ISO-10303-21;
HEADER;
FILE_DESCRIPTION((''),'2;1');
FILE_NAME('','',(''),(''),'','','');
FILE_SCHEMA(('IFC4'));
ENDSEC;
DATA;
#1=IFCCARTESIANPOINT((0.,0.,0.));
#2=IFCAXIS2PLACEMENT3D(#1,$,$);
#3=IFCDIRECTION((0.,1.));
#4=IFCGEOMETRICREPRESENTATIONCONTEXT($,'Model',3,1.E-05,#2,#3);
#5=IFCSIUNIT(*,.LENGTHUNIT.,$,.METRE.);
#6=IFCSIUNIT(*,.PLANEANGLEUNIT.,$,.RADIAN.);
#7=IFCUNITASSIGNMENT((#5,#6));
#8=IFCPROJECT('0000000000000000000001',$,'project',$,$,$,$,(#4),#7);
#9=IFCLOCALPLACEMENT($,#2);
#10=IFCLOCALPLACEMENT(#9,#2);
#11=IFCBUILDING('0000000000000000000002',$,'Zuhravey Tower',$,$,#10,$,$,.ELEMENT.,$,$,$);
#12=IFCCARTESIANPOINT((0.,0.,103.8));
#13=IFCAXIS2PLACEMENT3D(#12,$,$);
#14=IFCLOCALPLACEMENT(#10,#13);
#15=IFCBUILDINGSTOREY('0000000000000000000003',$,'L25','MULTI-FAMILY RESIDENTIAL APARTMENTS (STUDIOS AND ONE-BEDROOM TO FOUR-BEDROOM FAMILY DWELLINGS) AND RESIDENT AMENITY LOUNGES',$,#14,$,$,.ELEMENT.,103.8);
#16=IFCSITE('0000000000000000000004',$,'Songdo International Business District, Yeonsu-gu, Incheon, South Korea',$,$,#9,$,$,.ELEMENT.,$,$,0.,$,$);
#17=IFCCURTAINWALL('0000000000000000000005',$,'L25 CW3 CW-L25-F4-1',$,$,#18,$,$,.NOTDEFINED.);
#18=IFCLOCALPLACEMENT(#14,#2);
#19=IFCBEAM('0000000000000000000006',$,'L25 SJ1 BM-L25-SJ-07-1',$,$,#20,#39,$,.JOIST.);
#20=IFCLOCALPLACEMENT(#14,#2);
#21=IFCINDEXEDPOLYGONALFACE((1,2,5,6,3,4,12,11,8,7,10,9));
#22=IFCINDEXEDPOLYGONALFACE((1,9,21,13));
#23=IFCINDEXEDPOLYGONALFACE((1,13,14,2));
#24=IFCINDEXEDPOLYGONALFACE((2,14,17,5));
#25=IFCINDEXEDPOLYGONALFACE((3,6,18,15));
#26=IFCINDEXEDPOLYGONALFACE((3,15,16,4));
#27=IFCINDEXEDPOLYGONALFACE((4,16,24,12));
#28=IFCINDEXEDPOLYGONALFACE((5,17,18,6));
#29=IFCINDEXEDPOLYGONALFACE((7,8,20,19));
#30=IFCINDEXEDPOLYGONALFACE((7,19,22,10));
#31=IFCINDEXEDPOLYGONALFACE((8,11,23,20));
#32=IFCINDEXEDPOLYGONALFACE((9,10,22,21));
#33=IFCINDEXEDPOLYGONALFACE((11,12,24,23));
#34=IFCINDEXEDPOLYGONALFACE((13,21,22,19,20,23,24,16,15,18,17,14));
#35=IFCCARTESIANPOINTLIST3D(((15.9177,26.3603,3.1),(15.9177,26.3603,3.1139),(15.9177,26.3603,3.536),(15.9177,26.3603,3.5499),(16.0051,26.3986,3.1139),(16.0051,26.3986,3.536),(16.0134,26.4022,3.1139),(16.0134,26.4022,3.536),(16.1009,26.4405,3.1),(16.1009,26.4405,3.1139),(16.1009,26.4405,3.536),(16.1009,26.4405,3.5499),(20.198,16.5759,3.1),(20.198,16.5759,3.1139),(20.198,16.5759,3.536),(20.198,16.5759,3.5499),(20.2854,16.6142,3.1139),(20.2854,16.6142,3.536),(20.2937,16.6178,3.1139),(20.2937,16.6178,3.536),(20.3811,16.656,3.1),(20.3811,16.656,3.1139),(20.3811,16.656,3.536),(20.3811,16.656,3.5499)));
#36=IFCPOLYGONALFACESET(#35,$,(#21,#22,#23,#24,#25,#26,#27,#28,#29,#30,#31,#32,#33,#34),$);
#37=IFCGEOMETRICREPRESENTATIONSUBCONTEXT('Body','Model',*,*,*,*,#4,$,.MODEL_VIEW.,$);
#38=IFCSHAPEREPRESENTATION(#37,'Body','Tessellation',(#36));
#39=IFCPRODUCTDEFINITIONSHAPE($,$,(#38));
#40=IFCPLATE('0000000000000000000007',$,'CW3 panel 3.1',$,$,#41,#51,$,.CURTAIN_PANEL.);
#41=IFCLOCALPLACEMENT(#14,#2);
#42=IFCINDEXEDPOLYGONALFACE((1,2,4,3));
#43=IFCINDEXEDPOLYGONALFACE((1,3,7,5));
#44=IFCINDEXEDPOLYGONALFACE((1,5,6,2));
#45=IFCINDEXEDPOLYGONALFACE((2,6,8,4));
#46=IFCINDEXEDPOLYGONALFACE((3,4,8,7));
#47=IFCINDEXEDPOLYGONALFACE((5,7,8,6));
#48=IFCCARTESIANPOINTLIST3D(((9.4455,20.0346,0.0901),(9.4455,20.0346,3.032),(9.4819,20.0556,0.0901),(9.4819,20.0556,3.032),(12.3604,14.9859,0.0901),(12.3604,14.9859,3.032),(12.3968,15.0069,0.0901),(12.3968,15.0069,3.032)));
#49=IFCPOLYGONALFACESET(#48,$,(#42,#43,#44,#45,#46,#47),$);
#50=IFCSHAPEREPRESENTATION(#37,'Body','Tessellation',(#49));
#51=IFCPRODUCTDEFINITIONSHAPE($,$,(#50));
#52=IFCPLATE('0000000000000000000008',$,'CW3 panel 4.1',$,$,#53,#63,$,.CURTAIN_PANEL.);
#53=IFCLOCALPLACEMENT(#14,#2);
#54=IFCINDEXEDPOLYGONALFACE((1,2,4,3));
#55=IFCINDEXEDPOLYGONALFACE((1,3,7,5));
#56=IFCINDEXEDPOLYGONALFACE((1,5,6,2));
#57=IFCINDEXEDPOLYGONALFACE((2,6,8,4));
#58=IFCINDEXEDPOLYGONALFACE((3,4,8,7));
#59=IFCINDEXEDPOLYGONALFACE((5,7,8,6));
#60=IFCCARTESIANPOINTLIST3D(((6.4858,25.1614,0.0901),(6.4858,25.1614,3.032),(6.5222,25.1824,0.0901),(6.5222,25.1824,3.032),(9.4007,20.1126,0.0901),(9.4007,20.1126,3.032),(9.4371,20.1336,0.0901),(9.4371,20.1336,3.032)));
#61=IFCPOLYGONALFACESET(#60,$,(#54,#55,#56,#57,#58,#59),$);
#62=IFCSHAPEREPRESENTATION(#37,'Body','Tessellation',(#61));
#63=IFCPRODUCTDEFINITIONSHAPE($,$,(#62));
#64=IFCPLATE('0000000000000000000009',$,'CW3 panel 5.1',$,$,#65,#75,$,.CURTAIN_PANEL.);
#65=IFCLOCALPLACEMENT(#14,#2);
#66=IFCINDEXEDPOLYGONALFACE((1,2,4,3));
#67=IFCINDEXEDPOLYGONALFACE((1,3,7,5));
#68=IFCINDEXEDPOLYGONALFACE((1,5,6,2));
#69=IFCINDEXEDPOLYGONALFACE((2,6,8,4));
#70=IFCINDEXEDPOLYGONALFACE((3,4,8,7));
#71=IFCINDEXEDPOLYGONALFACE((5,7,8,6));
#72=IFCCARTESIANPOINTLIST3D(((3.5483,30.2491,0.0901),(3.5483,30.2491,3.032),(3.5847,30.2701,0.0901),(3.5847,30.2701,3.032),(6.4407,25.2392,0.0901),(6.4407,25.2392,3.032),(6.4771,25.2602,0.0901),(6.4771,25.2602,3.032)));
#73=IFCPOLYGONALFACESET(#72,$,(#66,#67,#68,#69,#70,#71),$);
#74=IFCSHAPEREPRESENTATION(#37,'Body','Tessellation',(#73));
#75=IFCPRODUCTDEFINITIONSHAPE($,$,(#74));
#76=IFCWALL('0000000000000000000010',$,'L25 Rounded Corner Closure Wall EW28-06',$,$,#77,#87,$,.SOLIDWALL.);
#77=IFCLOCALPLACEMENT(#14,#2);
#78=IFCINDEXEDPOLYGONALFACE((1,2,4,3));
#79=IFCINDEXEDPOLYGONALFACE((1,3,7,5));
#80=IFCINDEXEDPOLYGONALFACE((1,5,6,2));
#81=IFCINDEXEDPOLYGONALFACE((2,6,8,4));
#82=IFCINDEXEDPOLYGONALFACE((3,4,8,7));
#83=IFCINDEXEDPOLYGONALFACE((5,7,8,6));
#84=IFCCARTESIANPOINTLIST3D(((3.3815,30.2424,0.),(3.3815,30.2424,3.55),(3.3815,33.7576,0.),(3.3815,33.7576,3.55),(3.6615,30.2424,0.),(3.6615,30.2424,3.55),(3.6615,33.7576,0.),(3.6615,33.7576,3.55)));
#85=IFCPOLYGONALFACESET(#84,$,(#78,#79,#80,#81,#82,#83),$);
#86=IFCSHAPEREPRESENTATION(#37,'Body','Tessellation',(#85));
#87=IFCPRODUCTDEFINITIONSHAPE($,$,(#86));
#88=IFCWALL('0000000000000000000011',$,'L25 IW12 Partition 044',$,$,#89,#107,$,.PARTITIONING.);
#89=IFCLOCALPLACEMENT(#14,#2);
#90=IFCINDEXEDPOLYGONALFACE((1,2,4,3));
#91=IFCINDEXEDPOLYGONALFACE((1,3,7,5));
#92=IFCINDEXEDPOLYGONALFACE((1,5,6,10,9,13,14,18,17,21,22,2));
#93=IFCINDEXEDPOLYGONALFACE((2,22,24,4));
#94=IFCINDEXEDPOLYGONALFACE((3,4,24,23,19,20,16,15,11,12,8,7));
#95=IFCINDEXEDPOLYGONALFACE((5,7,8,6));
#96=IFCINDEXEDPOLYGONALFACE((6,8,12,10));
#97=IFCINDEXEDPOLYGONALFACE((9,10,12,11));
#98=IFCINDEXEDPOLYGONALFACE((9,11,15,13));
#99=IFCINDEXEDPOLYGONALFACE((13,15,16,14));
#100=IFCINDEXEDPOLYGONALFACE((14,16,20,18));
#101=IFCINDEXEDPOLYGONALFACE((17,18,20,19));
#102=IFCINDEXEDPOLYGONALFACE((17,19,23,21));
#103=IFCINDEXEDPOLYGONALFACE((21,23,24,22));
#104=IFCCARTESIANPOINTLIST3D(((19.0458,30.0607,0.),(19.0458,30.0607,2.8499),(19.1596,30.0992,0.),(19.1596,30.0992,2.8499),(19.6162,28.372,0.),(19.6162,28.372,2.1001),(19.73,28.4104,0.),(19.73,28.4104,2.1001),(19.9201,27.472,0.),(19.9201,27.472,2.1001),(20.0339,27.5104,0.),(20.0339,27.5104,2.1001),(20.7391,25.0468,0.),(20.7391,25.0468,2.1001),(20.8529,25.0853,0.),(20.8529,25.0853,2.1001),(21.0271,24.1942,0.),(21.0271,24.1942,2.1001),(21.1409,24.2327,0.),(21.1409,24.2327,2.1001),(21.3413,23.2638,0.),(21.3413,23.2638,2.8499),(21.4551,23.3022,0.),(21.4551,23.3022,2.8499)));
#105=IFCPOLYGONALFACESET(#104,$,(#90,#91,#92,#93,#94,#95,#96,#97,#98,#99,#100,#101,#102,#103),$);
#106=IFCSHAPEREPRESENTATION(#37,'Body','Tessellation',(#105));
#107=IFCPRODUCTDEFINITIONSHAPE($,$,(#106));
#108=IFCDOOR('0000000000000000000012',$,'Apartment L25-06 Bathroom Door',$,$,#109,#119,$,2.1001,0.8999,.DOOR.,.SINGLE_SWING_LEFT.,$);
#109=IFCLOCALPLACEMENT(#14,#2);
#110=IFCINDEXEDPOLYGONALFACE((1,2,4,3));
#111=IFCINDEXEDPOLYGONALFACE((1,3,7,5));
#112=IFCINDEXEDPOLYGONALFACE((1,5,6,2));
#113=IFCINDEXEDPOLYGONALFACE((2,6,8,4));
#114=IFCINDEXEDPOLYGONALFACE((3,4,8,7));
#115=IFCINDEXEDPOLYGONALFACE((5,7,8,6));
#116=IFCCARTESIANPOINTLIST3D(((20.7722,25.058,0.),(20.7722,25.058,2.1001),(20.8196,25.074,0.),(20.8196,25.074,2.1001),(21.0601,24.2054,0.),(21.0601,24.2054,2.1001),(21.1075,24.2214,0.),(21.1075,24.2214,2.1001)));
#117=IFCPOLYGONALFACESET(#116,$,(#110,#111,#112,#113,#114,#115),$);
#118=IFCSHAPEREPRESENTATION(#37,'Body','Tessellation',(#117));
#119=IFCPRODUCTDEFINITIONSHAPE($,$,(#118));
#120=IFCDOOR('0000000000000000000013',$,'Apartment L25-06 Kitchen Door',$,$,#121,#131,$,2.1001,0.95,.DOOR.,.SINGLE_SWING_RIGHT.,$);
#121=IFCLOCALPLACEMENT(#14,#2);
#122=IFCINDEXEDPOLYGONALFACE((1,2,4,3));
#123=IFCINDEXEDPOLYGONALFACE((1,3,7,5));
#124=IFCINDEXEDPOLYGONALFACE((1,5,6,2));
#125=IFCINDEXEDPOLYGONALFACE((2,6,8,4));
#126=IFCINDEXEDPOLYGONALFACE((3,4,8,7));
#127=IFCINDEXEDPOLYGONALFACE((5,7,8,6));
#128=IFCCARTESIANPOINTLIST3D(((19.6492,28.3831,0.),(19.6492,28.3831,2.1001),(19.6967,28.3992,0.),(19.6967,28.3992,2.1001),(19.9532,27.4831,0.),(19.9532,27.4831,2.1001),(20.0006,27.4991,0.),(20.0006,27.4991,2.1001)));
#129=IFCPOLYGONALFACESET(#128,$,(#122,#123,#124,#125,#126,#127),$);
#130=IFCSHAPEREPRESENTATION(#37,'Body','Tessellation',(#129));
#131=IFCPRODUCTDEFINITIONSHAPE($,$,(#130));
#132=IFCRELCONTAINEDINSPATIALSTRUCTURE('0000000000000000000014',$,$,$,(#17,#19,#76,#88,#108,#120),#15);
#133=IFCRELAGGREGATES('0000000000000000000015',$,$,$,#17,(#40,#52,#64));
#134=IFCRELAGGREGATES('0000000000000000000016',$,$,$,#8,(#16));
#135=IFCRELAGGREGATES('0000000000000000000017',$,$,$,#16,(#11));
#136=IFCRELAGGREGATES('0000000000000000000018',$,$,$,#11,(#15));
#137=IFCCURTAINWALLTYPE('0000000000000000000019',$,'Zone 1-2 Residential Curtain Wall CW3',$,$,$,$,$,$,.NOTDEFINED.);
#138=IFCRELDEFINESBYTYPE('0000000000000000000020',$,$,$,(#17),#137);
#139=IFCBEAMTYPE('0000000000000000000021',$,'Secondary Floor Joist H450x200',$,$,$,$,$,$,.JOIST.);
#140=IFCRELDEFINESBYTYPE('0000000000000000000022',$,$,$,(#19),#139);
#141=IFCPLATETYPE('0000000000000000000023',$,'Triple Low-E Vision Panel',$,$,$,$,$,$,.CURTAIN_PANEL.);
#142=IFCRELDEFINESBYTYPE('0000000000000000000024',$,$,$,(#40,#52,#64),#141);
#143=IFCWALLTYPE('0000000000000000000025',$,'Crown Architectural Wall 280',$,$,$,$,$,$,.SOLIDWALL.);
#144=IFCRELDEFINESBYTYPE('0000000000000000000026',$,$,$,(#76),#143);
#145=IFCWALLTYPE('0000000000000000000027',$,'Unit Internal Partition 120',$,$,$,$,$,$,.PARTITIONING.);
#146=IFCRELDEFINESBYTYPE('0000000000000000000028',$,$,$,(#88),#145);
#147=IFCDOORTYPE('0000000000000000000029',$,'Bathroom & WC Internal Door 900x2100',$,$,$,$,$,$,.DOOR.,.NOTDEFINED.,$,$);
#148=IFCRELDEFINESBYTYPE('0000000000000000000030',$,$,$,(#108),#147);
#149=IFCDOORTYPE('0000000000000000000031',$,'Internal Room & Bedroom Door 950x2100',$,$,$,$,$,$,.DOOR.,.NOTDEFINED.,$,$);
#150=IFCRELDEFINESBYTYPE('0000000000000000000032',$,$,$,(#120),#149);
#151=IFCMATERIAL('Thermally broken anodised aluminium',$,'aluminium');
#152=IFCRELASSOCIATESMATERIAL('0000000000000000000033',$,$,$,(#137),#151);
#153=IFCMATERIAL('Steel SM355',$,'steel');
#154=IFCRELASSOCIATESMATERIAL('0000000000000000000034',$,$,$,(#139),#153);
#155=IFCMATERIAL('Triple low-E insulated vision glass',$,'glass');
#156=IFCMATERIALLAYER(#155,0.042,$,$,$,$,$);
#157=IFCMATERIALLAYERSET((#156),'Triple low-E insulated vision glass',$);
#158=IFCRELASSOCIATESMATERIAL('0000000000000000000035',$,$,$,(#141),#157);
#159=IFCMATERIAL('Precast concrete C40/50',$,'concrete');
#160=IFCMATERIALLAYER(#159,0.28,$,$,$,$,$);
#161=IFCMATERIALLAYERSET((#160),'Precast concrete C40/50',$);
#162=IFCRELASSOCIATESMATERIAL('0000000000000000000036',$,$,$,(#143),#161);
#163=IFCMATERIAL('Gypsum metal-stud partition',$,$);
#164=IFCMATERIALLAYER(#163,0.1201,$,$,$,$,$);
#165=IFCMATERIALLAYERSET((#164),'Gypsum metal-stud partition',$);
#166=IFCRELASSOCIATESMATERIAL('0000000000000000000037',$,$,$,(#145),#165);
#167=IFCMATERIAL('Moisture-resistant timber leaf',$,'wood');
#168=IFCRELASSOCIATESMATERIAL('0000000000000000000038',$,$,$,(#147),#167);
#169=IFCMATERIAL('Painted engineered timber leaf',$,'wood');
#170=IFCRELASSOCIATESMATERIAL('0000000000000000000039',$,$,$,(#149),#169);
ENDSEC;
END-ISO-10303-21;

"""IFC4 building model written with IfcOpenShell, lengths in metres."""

from ifc_helpers import new_model, si_unit, direction, frame, frame_2d, origin, origin_2d, place, context, subcontext, project, spatial, rectangle, i_section, extrude, material, layer, layer_set, material_profile, profile_set, type_object, element, fill, aggregate, save


model = new_model("IFC4")

# Units and contexts
model_context = context("Model", 3, precision=1e-05, world=origin(), true_north=direction((0.0, 1.0)))
body_context = subcontext(model_context, "Body", "Model", "MODEL_VIEW")
ifc_project = project(units=[si_unit("LENGTHUNIT", "METRE"), si_unit("PLANEANGLEUNIT", "RADIAN")], contexts=[model_context])

# Site, building, storey
site_placement = place(None, origin())
site = spatial("IfcSite", under=ifc_project, at=site_placement, Name="Songdo International Business District, Yeonsu-gu, Incheon, South Korea", CompositionType="ELEMENT", RefElevation=0.0)
building_placement = place(site_placement, origin())
building = spatial("IfcBuilding", under=site, at=building_placement, Name="Zuhravey Tower", CompositionType="ELEMENT")
storey_placement = place(building_placement, frame((0.0, 0.0, 103.8)))
storey = spatial("IfcBuildingStorey", under=building, at=storey_placement, Name="L25", Description="MULTI-FAMILY RESIDENTIAL APARTMENTS (STUDIOS AND ONE-BEDROOM TO FOUR-BEDROOM FAMILY DWELLINGS) AND RESIDENT AMENITY LOUNGES", CompositionType="ELEMENT", Elevation=103.8)

# Curtain wall
ifc_material_1 = material(Name="Thermally broken anodised aluminium", Category="aluminium")
curtain_wall_type = type_object("IfcCurtainWallType", Name="Zone 1-2 Residential Curtain Wall CW3", PredefinedType="NOTDEFINED", material=ifc_material_1)
curtain_wall_placement = place(storey_placement, origin())
curtain_wall = element("IfcCurtainWall", 1, at=curtain_wall_placement, inside=storey, type_object=curtain_wall_type, Name="L25 CW3 CW-L25-F4-1", PredefinedType="NOTDEFINED")

# Beam
ifc_material_2 = material(Name="Steel SM355", Category="steel")
ifc_material_profile_1 = material_profile(ifc_material_2, i_section(OverallWidth=0.2, OverallDepth=0.45, WebThickness=0.009, FlangeThickness=0.0139, at=origin_2d()), Name="H-450x200x9x14")
ifc_profile_set_1 = profile_set([ifc_material_profile_1], Name="Steel SM355")
beam_type_1 = type_object("IfcBeamType", Name="Secondary Floor Joist H450x200", PredefinedType="JOIST", material=ifc_profile_set_1)
beam_1_placement = place(storey_placement, frame((16.0093, 26.4004, 3.325), z_axis=(0.400786, -0.916172, 0.0), x_axis=(0.916172, 0.400786, 0.0)))
element("IfcBeam", 2, at=beam_1_placement, inside=storey, type_object=beam_type_1, Name="L25 SJ1 BM-L25-SJ-07-1", PredefinedType="JOIST", context=body_context, shape_type="SweptSolid", body=[
    extrude(i_section(OverallWidth=0.2, OverallDepth=0.45, WebThickness=0.009, FlangeThickness=0.0139, at=origin_2d()), origin(), (0.0, 0.0, 1.0), 10.6797),
])

# Plates
ifc_material_3 = material(Name="Triple low-E insulated vision glass", Category="glass")
ifc_layer_1 = layer(ifc_material_3, 0.042)
ifc_layer_set_1 = layer_set([ifc_layer_1], Name="Triple low-E insulated vision glass")
plate_type = type_object("IfcPlateType", Name="Triple Low-E Vision Panel", PredefinedType="CURTAIN_PANEL", material=ifc_layer_set_1)
plate_1_placement = place(storey_placement, frame((10.9211, 17.5208, 0.0901), z_axis=(0.0, 0.0, 1.0), x_axis=(-0.5, 0.866026, 0.0)))
plate_1 = element("IfcPlate", 3, at=plate_1_placement, type_object=plate_type, Name="CW3 panel 3.1", PredefinedType="CURTAIN_PANEL", context=body_context, shape_type="SweptSolid", body=[
    extrude(rectangle(XDim=5.8298, YDim=0.042, at=origin_2d()), origin(), (0.0, 0.0, 1.0), 2.9419),
])
plate_2_placement = place(storey_placement, frame((7.9614, 22.6475, 0.0901), z_axis=(0.0, 0.0, 1.0), x_axis=(-0.5, 0.866026, 0.0)))
plate_2 = element("IfcPlate", 4, at=plate_2_placement, type_object=plate_type, Name="CW3 panel 4.1", PredefinedType="CURTAIN_PANEL", context=body_context, shape_type="SweptSolid", body=[
    extrude(rectangle(XDim=5.8298, YDim=0.042, at=origin_2d()), origin(), (0.0, 0.0, 1.0), 2.9419),
])
plate_3_placement = place(storey_placement, frame((5.0127, 27.7546, 0.0901), z_axis=(0.0, 0.0, 1.0), x_axis=(-0.5, 0.866026, 0.0)))
plate_3 = element("IfcPlate", 5, at=plate_3_placement, type_object=plate_type, Name="CW3 panel 5.1", PredefinedType="CURTAIN_PANEL", context=body_context, shape_type="SweptSolid", body=[
    extrude(rectangle(XDim=5.7849, YDim=0.042, at=origin_2d()), origin(), (0.0, 0.0, 1.0), 2.9419),
])
aggregate(curtain_wall, [plate_1, plate_2, plate_3])

# Wall
ifc_material_4 = material(Name="Precast concrete C40/50", Category="concrete")
ifc_layer_2 = layer(ifc_material_4, 0.28)
ifc_layer_set_2 = layer_set([ifc_layer_2], Name="Precast concrete C40/50")
wall_type_1 = type_object("IfcWallType", Name="Crown Architectural Wall 280", PredefinedType="SOLIDWALL", material=ifc_layer_set_2)
wall_1_placement = place(storey_placement, frame((3.5215, 30.2424, 0.0), z_axis=(0.0, 0.0, 1.0), x_axis=(0.0, 1.0, 0.0)))
element("IfcWall", 6, at=wall_1_placement, inside=storey, type_object=wall_type_1, Name="L25 Rounded Corner Closure Wall EW28-06", PredefinedType="SOLIDWALL", context=body_context, shape_type="SweptSolid", body=[
    extrude(rectangle(XDim=3.5151, YDim=0.28, at=frame_2d((1.7576, 0.0))), origin(), (0.0, 0.0, 1.0), 3.55),
])

# Wall, openings, doors
ifc_material_5 = material(Name="Gypsum metal-stud partition")
ifc_layer_3 = layer(ifc_material_5, 0.1201)
ifc_layer_set_3 = layer_set([ifc_layer_3], Name="Gypsum metal-stud partition")
wall_type_2 = type_object("IfcWallType", Name="Unit Internal Partition 120", PredefinedType="PARTITIONING", material=ifc_layer_set_3)
wall_2_placement = place(storey_placement, frame((19.1028, 30.0798, 0.0), z_axis=(0.0, 0.0, 1.0), x_axis=(0.319962, -0.94743, 0.0)))
wall_2 = element("IfcWall", 7, at=wall_2_placement, inside=storey, type_object=wall_type_2, Name="L25 IW12 Partition 044", PredefinedType="PARTITIONING", context=body_context, shape_type="SweptSolid", body=[
    extrude(rectangle(XDim=7.1741, YDim=0.1201, at=frame_2d((3.5869, 0.0))), origin(), (0.0, 0.0, 1.0), 2.8499),
])
opening_1_placement = place(wall_2_placement, frame((1.7822, 0.0, 0.0)))
opening_1 = element("IfcOpeningElement", 8, at=opening_1_placement, cuts=wall_2, PredefinedType="OPENING", context=body_context, shape_type="SweptSolid", body=[
    extrude(rectangle(XDim=0.95, YDim=2.1001, at=frame_2d((0.4751, 1.05))), frame((0.0, 0.072, 0.0), z_axis=(0.0, -1.0, 0.0), x_axis=(1.0, 0.0, 0.0)), (0.0, 0.0, 1.0), 0.144),
])
opening_2_placement = place(wall_2_placement, frame((5.292, 0.0, 0.0)))
opening_2 = element("IfcOpeningElement", 9, at=opening_2_placement, cuts=wall_2, PredefinedType="OPENING", context=body_context, shape_type="SweptSolid", body=[
    extrude(rectangle(XDim=0.8999, YDim=2.1001, at=frame_2d((0.45, 1.05))), frame((0.0, 0.072, 0.0), z_axis=(0.0, -1.0, 0.0), x_axis=(1.0, 0.0, 0.0)), (0.0, 0.0, 1.0), 0.144),
])
ifc_material_6 = material(Name="Moisture-resistant timber leaf", Category="wood")
door_type_1 = type_object("IfcDoorType", Name="Bathroom & WC Internal Door 900x2100", OperationType="NOTDEFINED", PredefinedType="DOOR", material=ifc_material_6)
door_1_placement = place(opening_2_placement, origin())
door_1 = element("IfcDoor", 10, at=door_1_placement, inside=storey, type_object=door_type_1, Name="Apartment L25-06 Bathroom Door", OperationType="SINGLE_SWING_LEFT", OverallHeight=2.1001, OverallWidth=0.8999, PredefinedType="DOOR", context=body_context, shape_type="SweptSolid", body=[
    extrude(rectangle(XDim=0.8999, YDim=2.1001, at=frame_2d((0.45, 1.05))), frame((0.0, 0.0249, 0.0), z_axis=(0.0, -1.0, 0.0), x_axis=(1.0, 0.0, 0.0)), (0.0, 0.0, 1.0), 0.05),
])
fill(opening_2, door_1)
ifc_material_7 = material(Name="Painted engineered timber leaf", Category="wood")
door_type_2 = type_object("IfcDoorType", Name="Internal Room & Bedroom Door 950x2100", OperationType="NOTDEFINED", PredefinedType="DOOR", material=ifc_material_7)
door_2_placement = place(opening_1_placement, origin())
door_2 = element("IfcDoor", 11, at=door_2_placement, inside=storey, type_object=door_type_2, Name="Apartment L25-06 Kitchen Door", OperationType="SINGLE_SWING_RIGHT", OverallHeight=2.1001, OverallWidth=0.95, PredefinedType="DOOR", context=body_context, shape_type="SweptSolid", body=[
    extrude(rectangle(XDim=0.95, YDim=2.1001, at=frame_2d((0.4751, 1.05))), frame((0.0, 0.0249, 0.0), z_axis=(0.0, -1.0, 0.0), x_axis=(1.0, 0.0, 0.0)), (0.0, 0.0, 1.0), 0.05),
])
fill(opening_1, door_2)

save(model, "model.ifc")
